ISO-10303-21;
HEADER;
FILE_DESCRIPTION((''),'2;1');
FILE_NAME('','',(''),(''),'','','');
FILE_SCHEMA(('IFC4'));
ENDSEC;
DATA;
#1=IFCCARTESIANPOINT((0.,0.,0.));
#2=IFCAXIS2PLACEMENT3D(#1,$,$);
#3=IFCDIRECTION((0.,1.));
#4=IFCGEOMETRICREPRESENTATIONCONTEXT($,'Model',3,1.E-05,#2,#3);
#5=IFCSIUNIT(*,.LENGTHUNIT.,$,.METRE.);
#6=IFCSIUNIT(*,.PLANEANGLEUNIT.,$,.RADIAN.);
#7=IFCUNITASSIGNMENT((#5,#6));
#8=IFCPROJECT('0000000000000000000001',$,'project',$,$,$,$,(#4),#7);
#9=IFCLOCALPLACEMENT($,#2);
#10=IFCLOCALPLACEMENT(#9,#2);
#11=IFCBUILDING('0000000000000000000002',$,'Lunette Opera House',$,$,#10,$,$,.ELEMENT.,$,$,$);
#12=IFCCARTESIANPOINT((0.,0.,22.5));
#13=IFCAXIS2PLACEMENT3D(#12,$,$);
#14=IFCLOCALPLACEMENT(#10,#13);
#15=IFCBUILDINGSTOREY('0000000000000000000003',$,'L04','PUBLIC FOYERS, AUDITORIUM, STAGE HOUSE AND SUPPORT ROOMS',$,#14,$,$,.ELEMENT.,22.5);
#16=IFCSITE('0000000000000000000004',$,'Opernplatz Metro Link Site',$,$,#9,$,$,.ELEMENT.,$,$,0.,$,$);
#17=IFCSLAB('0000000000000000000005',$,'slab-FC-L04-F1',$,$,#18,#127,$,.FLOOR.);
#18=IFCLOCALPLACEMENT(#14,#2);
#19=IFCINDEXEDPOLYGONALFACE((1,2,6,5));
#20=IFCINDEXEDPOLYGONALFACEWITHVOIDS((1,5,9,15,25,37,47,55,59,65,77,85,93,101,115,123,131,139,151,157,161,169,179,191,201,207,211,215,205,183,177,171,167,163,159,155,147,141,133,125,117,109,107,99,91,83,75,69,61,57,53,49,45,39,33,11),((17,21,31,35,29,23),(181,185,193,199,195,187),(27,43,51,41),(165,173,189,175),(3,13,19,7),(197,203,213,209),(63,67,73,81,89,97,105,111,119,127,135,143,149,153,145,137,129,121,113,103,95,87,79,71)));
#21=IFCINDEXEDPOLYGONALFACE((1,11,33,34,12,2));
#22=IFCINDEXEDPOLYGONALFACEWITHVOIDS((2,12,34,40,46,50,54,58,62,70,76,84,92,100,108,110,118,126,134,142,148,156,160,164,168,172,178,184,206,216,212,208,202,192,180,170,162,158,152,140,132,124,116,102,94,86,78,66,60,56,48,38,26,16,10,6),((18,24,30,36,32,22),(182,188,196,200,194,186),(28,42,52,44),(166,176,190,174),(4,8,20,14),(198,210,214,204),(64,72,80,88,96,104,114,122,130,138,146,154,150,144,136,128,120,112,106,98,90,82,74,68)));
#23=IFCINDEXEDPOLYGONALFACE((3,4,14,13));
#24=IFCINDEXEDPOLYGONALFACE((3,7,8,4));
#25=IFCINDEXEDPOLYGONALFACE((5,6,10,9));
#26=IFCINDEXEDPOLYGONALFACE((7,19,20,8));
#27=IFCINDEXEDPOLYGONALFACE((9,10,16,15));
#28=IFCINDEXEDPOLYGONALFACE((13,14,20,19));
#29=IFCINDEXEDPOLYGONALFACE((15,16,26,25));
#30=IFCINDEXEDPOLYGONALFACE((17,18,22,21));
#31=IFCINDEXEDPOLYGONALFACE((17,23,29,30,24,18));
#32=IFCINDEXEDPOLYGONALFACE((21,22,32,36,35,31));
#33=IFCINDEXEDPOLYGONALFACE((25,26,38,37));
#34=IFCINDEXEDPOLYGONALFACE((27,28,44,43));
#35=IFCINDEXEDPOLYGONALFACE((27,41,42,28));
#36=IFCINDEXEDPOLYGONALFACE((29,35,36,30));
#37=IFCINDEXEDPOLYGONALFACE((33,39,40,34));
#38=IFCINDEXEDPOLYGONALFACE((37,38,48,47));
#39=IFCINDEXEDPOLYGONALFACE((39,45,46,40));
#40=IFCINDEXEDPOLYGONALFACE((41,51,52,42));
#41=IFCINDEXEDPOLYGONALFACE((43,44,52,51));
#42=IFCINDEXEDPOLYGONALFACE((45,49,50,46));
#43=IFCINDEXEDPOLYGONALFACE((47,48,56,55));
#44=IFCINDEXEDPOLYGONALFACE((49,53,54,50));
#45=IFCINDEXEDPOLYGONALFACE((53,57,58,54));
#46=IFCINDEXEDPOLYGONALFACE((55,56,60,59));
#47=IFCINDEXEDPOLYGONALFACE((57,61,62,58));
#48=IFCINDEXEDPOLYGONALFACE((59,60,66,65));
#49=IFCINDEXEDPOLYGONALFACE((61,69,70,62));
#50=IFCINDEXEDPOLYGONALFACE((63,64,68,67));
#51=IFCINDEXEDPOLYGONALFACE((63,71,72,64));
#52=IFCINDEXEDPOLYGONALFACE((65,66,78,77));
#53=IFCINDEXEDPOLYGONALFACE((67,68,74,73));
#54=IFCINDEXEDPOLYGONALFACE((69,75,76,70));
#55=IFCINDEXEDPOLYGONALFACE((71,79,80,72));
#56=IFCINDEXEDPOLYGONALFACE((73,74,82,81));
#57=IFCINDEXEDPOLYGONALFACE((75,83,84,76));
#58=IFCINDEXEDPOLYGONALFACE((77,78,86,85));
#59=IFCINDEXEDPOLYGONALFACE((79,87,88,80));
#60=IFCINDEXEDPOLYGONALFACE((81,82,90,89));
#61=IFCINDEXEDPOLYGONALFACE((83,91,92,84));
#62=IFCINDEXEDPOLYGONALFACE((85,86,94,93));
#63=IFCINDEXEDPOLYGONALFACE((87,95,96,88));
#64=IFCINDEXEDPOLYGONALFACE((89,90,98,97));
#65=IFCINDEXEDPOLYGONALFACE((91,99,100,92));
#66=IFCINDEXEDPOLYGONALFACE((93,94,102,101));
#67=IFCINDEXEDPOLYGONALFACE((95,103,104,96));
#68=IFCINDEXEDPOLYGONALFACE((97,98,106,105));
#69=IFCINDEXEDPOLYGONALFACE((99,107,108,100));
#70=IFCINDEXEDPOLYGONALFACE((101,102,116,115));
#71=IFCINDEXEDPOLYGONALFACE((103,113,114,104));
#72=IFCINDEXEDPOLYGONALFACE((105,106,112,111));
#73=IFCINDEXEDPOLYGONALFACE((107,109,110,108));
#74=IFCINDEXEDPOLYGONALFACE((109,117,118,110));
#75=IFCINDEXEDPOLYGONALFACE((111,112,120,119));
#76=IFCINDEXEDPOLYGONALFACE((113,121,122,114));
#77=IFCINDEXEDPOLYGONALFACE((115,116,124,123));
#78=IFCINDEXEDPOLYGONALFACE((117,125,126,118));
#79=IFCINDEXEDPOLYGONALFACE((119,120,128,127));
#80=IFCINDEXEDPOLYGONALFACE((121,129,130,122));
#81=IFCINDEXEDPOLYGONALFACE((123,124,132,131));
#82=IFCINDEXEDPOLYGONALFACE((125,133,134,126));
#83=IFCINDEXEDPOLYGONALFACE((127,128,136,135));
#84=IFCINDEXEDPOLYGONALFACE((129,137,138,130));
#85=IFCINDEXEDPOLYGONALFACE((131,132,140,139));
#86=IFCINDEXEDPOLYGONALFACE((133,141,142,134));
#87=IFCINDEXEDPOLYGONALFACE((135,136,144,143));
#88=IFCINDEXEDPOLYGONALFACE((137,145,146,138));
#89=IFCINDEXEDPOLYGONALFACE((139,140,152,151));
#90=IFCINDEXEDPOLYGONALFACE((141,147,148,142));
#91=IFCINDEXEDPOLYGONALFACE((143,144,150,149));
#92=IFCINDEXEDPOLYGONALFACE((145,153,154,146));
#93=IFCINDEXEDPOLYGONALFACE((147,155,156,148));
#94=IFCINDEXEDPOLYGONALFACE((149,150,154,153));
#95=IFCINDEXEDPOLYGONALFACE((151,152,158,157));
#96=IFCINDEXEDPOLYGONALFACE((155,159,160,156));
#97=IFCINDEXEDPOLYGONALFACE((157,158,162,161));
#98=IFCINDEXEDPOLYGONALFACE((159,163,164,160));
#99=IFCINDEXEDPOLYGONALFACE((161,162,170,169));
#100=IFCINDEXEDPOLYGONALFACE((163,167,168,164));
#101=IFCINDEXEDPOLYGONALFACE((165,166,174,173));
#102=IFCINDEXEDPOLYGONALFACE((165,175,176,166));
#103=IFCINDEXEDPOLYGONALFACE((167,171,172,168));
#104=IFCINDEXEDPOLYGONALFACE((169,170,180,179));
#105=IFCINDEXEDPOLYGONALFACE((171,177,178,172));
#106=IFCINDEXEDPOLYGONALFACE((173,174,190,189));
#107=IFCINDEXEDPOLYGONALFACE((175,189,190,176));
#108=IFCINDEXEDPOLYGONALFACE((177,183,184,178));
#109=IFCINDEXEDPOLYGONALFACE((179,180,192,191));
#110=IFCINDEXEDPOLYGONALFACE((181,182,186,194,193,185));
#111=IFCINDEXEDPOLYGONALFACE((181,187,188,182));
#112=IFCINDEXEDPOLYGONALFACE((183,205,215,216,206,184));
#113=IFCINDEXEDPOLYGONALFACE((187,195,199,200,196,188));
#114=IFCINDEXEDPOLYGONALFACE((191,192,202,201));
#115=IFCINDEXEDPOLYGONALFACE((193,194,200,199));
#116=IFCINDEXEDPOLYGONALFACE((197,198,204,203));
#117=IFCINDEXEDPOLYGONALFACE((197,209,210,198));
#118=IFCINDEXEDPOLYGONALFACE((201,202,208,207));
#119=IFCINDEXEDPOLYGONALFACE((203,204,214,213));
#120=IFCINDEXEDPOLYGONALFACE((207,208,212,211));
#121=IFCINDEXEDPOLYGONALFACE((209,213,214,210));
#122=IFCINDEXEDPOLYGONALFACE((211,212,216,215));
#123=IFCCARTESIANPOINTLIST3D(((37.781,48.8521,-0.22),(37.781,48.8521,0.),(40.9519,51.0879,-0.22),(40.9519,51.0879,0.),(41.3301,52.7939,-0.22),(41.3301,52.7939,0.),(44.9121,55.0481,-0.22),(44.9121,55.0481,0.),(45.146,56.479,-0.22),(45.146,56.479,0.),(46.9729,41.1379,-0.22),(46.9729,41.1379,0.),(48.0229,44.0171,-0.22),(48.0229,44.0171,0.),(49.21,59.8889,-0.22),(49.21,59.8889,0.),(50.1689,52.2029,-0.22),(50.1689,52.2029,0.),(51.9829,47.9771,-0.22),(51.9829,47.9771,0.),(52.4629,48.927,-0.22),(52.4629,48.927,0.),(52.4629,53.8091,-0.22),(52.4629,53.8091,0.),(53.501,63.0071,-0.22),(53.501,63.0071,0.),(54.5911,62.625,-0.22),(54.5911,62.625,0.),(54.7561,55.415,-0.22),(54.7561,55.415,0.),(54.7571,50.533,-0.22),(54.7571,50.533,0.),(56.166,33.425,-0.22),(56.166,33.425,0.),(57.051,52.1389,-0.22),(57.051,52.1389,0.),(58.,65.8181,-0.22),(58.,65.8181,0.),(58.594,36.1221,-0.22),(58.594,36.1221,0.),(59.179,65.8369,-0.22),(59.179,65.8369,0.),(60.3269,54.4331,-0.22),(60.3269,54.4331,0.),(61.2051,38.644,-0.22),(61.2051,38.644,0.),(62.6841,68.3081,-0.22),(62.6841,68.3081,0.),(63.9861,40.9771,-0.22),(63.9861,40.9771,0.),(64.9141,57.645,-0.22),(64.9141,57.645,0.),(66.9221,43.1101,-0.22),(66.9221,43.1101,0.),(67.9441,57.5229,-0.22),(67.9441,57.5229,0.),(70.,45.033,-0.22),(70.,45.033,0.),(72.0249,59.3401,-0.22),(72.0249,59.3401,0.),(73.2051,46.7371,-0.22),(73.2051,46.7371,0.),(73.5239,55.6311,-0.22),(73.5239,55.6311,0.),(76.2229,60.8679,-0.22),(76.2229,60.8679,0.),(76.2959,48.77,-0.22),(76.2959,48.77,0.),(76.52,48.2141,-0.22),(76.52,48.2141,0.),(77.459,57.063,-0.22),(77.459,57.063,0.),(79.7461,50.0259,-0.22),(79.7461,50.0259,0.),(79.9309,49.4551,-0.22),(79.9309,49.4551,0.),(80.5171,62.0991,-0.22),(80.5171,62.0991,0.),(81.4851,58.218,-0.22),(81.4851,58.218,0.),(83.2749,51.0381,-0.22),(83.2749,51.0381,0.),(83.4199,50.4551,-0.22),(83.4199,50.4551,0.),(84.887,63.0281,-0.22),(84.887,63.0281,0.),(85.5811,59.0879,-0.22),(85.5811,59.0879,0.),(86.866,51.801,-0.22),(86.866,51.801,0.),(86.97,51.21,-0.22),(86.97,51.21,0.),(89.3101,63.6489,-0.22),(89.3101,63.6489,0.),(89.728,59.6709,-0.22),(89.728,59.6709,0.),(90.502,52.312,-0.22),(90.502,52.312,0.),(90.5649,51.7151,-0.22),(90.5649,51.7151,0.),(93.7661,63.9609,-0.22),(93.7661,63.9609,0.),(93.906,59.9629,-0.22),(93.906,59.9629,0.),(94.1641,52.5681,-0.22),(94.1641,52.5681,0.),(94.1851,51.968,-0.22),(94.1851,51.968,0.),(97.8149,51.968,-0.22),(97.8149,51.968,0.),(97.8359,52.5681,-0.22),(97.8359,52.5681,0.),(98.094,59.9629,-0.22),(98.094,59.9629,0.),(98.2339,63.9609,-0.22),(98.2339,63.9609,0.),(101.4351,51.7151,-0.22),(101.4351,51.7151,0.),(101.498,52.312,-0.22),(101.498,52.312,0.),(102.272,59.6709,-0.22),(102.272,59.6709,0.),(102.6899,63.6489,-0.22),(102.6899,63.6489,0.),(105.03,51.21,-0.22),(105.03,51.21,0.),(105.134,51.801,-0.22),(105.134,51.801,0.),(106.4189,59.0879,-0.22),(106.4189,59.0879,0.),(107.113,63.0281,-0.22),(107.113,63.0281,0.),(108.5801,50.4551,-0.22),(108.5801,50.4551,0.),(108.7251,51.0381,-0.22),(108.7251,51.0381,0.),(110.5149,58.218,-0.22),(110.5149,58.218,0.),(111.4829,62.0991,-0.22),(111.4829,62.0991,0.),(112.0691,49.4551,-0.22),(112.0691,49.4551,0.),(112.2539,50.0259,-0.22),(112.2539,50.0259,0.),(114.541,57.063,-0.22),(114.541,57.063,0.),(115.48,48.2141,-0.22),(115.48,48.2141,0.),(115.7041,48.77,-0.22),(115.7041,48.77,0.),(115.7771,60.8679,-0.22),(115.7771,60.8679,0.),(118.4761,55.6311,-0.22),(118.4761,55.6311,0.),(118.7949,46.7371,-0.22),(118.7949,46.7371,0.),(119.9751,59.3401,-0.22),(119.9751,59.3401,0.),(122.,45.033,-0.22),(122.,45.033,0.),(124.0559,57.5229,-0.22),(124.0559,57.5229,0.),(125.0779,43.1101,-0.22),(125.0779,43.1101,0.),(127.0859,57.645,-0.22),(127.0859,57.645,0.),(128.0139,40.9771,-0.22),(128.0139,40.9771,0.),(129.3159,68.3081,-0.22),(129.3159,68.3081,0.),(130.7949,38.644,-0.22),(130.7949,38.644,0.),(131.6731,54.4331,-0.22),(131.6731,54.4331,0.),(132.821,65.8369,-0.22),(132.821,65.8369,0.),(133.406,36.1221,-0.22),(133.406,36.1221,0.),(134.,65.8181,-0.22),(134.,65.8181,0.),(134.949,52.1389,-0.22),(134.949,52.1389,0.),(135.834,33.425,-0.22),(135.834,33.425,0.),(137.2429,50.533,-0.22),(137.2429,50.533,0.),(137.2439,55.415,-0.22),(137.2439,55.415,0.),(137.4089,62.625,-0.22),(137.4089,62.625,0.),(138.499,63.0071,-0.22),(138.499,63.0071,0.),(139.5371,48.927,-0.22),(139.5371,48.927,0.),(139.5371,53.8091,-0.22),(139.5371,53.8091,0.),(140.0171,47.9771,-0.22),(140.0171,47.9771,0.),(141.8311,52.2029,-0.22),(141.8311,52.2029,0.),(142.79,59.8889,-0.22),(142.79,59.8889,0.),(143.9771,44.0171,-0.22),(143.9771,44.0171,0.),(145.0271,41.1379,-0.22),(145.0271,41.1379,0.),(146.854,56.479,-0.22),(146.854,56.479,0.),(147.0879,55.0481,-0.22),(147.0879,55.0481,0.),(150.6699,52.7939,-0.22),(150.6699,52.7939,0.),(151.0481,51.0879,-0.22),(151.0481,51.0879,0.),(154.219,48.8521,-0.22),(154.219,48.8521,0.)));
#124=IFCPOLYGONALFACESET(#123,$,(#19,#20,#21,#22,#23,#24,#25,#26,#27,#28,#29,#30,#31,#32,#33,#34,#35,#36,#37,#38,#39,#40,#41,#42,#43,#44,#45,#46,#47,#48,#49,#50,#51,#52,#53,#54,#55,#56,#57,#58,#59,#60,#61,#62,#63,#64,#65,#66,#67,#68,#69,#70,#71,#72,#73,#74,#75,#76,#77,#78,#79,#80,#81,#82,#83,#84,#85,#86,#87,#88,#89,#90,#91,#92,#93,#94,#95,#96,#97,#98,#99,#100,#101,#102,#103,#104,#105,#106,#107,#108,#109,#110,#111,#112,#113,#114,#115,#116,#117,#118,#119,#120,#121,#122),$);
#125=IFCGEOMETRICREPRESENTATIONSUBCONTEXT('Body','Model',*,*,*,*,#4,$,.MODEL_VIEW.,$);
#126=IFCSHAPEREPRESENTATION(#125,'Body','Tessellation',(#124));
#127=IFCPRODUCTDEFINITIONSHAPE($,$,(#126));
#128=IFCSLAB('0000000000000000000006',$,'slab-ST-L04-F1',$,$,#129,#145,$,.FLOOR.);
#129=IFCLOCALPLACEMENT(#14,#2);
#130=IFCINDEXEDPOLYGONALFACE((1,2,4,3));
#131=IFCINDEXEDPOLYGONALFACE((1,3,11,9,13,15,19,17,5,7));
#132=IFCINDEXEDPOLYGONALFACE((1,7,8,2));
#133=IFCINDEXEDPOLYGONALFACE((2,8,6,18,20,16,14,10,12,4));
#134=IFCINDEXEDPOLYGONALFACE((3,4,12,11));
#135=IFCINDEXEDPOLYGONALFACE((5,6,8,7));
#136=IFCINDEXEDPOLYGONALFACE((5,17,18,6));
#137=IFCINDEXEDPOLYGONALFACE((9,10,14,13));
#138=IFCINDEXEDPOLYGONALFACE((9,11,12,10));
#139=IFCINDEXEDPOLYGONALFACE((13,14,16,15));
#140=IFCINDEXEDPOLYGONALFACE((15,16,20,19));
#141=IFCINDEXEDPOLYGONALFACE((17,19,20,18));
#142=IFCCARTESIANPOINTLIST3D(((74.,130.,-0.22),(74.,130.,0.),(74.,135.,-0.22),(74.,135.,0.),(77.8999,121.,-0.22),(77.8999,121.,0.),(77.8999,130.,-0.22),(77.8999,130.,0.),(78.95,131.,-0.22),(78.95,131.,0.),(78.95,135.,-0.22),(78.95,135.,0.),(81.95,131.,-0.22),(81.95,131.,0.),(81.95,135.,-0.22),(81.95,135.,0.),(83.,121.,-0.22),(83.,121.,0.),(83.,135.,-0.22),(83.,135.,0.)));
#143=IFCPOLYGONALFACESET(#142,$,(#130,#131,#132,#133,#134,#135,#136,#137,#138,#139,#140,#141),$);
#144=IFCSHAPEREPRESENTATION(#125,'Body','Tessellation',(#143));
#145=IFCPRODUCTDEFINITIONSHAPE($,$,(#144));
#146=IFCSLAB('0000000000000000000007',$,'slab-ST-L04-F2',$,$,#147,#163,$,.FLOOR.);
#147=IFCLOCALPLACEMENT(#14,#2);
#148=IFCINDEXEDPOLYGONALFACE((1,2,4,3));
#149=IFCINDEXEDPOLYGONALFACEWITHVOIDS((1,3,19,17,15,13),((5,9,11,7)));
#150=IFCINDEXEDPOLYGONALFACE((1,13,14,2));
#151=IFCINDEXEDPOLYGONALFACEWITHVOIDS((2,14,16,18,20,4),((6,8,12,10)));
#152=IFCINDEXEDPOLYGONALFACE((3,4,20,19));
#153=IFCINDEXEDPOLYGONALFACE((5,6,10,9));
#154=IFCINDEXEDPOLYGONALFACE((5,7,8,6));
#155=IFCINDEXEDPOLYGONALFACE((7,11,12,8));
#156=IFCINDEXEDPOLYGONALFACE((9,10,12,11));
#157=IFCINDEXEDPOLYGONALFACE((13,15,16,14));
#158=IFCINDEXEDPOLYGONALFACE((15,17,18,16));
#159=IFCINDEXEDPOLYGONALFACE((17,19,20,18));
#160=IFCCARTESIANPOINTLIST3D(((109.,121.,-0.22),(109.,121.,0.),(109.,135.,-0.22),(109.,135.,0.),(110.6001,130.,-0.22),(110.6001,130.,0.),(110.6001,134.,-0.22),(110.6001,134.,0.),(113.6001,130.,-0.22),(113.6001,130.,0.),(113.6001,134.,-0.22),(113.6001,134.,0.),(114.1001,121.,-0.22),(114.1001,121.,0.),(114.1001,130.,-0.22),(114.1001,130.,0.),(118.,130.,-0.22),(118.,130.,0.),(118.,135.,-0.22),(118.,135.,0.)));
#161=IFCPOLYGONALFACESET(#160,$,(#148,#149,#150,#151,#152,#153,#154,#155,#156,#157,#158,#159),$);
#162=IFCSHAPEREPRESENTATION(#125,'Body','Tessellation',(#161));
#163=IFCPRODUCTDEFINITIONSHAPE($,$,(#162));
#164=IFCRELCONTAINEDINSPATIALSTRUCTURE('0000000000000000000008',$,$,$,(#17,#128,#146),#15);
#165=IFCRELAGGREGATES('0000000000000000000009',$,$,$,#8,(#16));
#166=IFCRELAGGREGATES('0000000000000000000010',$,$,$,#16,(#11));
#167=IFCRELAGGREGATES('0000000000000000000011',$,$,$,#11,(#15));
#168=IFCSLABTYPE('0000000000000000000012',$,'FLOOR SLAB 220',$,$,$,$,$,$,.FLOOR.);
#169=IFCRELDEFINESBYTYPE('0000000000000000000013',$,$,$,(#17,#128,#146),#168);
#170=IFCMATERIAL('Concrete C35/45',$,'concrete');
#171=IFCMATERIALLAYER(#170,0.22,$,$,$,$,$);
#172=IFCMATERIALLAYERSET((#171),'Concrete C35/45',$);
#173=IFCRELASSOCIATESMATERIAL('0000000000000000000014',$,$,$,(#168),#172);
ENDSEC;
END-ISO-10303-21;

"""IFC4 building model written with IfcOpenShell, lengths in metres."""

from ifc_helpers import new_model, si_unit, direction, frame, origin, place, context, subcontext, project, spatial, polyline, outline, extrude, material, layer, layer_set, type_object, element, save


model = new_model("IFC4")

# Units and contexts
model_context = context("Model", 3, precision=1e-05, world=origin(), true_north=direction((0.0, 1.0)))
body_context = subcontext(model_context, "Body", "Model", "MODEL_VIEW")
ifc_project = project(units=[si_unit("LENGTHUNIT", "METRE"), si_unit("PLANEANGLEUNIT", "RADIAN")], contexts=[model_context])

# Site, building, storey
site_placement = place(None, origin())
site = spatial("IfcSite", under=ifc_project, at=site_placement, Name="Opernplatz Metro Link Site", CompositionType="ELEMENT", RefElevation=0.0)
building_placement = place(site_placement, origin())
building = spatial("IfcBuilding", under=site, at=building_placement, Name="Lunette Opera House", CompositionType="ELEMENT")
storey_placement = place(building_placement, frame((0.0, 0.0, 22.5)))
storey = spatial("IfcBuildingStorey", under=building, at=storey_placement, Name="L04", Description="PUBLIC FOYERS, AUDITORIUM, STAGE HOUSE AND SUPPORT ROOMS", CompositionType="ELEMENT", Elevation=22.5)

# Slabs
ifc_material_1 = material(Name="Concrete C35/45", Category="concrete")
ifc_layer_1 = layer(ifc_material_1, 0.22)
ifc_layer_set_1 = layer_set([ifc_layer_1], Name="Concrete C35/45")
slab_type_1 = type_object("IfcSlabType", Name="FLOOR SLAB 220", PredefinedType="FLOOR", material=ifc_layer_set_1)
slab_1_placement = place(storey_placement, frame((0.0, 0.0, -0.22)))
element("IfcSlab", 1, at=slab_1_placement, inside=storey, type_object=slab_type_1, Name="slab-FC-L04-F1", PredefinedType="FLOOR", context=body_context, shape_type="SweptSolid", body=[
    extrude(outline(polyline([(80.5171, 62.0991), (76.2229, 60.8679), (72.0249, 59.3401), (67.9441, 57.5229), (62.6841, 68.3081), (58.0, 65.8181), (53.501, 63.0071), (49.21, 59.8889), (45.146, 56.479), (41.3301, 52.7939), (37.781, 48.8521), (46.9729, 41.1379), (56.166, 33.425), (58.594, 36.1221), (61.2051, 38.644), (63.9861, 40.9771), (66.9221, 43.1101), (70.0, 45.033), (73.2051, 46.7371), (76.52, 48.2141), (79.9309, 49.4551), (83.4199, 50.4551), (86.97, 51.21), (90.5649, 51.7151), (94.1851, 51.968), (97.8149, 51.968), (101.4351, 51.7151), (105.03, 51.21), (108.5801, 50.4551), (112.0691, 49.4551), (115.48, 48.2141), (118.7949, 46.7371), (122.0, 45.033), (125.0779, 43.1101), (128.0139, 40.9771), (130.7949, 38.644), (133.406, 36.1221), (135.834, 33.425), (145.0271, 41.1379), (154.219, 48.8521), (150.6699, 52.7939), (146.854, 56.479), (142.79, 59.8889), (138.499, 63.0071), (134.0, 65.8181), (129.3159, 68.3081), (124.0559, 57.5229), (119.9751, 59.3401), (115.7771, 60.8679), (111.4829, 62.0991), (107.113, 63.0281), (102.6899, 63.6489), (98.2339, 63.9609), (93.7661, 63.9609), (89.3101, 63.6489), (84.887, 63.0281), (80.5171, 62.0991)]), holes=[polyline([(79.7461, 50.0259), (76.2959, 48.77), (73.5239, 55.6311), (77.459, 57.063), (81.4851, 58.218), (85.5811, 59.0879), (89.728, 59.6709), (93.906, 59.9629), (98.094, 59.9629), (102.272, 59.6709), (106.4189, 59.0879), (110.5149, 58.218), (114.541, 57.063), (118.4761, 55.6311), (115.7041, 48.77), (112.2539, 50.0259), (108.7251, 51.0381), (105.134, 51.801), (101.498, 52.312), (97.8359, 52.5681), (94.1641, 52.5681), (90.502, 52.312), (86.866, 51.801), (83.2749, 51.0381), (79.7461, 50.0259)]), polyline([(44.9121, 55.0481), (51.9829, 47.9771), (48.0229, 44.0171), (40.9519, 51.0879), (44.9121, 55.0481)]), polyline([(151.0481, 51.0879), (143.9771, 44.0171), (140.0171, 47.9771), (147.0879, 55.0481), (151.0481, 51.0879)]), polyline([(50.1689, 52.2029), (52.4629, 53.8091), (54.7561, 55.415), (57.051, 52.1389), (54.7571, 50.533), (52.4629, 48.927), (50.1689, 52.2029)]), polyline([(141.8311, 52.2029), (139.5371, 48.927), (137.2429, 50.533), (134.949, 52.1389), (137.2439, 55.415), (139.5371, 53.8091), (141.8311, 52.2029)]), polyline([(54.5911, 62.625), (59.179, 65.8369), (64.9141, 57.645), (60.3269, 54.4331), (54.5911, 62.625)]), polyline([(137.4089, 62.625), (131.6731, 54.4331), (127.0859, 57.645), (132.821, 65.8369), (137.4089, 62.625)])]), origin(), (0.0, 0.0, 1.0), 0.22),
])
slab_2_placement = place(storey_placement, frame((0.0, 0.0, -0.22)))
element("IfcSlab", 2, at=slab_2_placement, inside=storey, type_object=slab_type_1, Name="slab-ST-L04-F1", PredefinedType="FLOOR", context=body_context, shape_type="SweptSolid", body=[
    extrude(outline(polyline([(78.95, 135.0), (74.0, 135.0), (74.0, 130.0), (77.8999, 130.0), (77.8999, 121.0), (83.0, 121.0), (83.0, 135.0), (81.95, 135.0), (81.95, 131.0), (78.95, 131.0), (78.95, 135.0)])), origin(), (0.0, 0.0, 1.0), 0.22),
])
slab_3_placement = place(storey_placement, frame((0.0, 0.0, -0.22)))
element("IfcSlab", 3, at=slab_3_placement, inside=storey, type_object=slab_type_1, Name="slab-ST-L04-F2", PredefinedType="FLOOR", context=body_context, shape_type="SweptSolid", body=[
    extrude(outline(polyline([(109.0, 121.0), (114.1001, 121.0), (114.1001, 130.0), (118.0, 130.0), (118.0, 135.0), (109.0, 135.0), (109.0, 121.0)]), holes=[polyline([(110.6001, 130.0), (110.6001, 134.0), (113.6001, 134.0), (113.6001, 130.0), (110.6001, 130.0)])]), origin(), (0.0, 0.0, 1.0), 0.22),
])

save(model, "model.ifc")
